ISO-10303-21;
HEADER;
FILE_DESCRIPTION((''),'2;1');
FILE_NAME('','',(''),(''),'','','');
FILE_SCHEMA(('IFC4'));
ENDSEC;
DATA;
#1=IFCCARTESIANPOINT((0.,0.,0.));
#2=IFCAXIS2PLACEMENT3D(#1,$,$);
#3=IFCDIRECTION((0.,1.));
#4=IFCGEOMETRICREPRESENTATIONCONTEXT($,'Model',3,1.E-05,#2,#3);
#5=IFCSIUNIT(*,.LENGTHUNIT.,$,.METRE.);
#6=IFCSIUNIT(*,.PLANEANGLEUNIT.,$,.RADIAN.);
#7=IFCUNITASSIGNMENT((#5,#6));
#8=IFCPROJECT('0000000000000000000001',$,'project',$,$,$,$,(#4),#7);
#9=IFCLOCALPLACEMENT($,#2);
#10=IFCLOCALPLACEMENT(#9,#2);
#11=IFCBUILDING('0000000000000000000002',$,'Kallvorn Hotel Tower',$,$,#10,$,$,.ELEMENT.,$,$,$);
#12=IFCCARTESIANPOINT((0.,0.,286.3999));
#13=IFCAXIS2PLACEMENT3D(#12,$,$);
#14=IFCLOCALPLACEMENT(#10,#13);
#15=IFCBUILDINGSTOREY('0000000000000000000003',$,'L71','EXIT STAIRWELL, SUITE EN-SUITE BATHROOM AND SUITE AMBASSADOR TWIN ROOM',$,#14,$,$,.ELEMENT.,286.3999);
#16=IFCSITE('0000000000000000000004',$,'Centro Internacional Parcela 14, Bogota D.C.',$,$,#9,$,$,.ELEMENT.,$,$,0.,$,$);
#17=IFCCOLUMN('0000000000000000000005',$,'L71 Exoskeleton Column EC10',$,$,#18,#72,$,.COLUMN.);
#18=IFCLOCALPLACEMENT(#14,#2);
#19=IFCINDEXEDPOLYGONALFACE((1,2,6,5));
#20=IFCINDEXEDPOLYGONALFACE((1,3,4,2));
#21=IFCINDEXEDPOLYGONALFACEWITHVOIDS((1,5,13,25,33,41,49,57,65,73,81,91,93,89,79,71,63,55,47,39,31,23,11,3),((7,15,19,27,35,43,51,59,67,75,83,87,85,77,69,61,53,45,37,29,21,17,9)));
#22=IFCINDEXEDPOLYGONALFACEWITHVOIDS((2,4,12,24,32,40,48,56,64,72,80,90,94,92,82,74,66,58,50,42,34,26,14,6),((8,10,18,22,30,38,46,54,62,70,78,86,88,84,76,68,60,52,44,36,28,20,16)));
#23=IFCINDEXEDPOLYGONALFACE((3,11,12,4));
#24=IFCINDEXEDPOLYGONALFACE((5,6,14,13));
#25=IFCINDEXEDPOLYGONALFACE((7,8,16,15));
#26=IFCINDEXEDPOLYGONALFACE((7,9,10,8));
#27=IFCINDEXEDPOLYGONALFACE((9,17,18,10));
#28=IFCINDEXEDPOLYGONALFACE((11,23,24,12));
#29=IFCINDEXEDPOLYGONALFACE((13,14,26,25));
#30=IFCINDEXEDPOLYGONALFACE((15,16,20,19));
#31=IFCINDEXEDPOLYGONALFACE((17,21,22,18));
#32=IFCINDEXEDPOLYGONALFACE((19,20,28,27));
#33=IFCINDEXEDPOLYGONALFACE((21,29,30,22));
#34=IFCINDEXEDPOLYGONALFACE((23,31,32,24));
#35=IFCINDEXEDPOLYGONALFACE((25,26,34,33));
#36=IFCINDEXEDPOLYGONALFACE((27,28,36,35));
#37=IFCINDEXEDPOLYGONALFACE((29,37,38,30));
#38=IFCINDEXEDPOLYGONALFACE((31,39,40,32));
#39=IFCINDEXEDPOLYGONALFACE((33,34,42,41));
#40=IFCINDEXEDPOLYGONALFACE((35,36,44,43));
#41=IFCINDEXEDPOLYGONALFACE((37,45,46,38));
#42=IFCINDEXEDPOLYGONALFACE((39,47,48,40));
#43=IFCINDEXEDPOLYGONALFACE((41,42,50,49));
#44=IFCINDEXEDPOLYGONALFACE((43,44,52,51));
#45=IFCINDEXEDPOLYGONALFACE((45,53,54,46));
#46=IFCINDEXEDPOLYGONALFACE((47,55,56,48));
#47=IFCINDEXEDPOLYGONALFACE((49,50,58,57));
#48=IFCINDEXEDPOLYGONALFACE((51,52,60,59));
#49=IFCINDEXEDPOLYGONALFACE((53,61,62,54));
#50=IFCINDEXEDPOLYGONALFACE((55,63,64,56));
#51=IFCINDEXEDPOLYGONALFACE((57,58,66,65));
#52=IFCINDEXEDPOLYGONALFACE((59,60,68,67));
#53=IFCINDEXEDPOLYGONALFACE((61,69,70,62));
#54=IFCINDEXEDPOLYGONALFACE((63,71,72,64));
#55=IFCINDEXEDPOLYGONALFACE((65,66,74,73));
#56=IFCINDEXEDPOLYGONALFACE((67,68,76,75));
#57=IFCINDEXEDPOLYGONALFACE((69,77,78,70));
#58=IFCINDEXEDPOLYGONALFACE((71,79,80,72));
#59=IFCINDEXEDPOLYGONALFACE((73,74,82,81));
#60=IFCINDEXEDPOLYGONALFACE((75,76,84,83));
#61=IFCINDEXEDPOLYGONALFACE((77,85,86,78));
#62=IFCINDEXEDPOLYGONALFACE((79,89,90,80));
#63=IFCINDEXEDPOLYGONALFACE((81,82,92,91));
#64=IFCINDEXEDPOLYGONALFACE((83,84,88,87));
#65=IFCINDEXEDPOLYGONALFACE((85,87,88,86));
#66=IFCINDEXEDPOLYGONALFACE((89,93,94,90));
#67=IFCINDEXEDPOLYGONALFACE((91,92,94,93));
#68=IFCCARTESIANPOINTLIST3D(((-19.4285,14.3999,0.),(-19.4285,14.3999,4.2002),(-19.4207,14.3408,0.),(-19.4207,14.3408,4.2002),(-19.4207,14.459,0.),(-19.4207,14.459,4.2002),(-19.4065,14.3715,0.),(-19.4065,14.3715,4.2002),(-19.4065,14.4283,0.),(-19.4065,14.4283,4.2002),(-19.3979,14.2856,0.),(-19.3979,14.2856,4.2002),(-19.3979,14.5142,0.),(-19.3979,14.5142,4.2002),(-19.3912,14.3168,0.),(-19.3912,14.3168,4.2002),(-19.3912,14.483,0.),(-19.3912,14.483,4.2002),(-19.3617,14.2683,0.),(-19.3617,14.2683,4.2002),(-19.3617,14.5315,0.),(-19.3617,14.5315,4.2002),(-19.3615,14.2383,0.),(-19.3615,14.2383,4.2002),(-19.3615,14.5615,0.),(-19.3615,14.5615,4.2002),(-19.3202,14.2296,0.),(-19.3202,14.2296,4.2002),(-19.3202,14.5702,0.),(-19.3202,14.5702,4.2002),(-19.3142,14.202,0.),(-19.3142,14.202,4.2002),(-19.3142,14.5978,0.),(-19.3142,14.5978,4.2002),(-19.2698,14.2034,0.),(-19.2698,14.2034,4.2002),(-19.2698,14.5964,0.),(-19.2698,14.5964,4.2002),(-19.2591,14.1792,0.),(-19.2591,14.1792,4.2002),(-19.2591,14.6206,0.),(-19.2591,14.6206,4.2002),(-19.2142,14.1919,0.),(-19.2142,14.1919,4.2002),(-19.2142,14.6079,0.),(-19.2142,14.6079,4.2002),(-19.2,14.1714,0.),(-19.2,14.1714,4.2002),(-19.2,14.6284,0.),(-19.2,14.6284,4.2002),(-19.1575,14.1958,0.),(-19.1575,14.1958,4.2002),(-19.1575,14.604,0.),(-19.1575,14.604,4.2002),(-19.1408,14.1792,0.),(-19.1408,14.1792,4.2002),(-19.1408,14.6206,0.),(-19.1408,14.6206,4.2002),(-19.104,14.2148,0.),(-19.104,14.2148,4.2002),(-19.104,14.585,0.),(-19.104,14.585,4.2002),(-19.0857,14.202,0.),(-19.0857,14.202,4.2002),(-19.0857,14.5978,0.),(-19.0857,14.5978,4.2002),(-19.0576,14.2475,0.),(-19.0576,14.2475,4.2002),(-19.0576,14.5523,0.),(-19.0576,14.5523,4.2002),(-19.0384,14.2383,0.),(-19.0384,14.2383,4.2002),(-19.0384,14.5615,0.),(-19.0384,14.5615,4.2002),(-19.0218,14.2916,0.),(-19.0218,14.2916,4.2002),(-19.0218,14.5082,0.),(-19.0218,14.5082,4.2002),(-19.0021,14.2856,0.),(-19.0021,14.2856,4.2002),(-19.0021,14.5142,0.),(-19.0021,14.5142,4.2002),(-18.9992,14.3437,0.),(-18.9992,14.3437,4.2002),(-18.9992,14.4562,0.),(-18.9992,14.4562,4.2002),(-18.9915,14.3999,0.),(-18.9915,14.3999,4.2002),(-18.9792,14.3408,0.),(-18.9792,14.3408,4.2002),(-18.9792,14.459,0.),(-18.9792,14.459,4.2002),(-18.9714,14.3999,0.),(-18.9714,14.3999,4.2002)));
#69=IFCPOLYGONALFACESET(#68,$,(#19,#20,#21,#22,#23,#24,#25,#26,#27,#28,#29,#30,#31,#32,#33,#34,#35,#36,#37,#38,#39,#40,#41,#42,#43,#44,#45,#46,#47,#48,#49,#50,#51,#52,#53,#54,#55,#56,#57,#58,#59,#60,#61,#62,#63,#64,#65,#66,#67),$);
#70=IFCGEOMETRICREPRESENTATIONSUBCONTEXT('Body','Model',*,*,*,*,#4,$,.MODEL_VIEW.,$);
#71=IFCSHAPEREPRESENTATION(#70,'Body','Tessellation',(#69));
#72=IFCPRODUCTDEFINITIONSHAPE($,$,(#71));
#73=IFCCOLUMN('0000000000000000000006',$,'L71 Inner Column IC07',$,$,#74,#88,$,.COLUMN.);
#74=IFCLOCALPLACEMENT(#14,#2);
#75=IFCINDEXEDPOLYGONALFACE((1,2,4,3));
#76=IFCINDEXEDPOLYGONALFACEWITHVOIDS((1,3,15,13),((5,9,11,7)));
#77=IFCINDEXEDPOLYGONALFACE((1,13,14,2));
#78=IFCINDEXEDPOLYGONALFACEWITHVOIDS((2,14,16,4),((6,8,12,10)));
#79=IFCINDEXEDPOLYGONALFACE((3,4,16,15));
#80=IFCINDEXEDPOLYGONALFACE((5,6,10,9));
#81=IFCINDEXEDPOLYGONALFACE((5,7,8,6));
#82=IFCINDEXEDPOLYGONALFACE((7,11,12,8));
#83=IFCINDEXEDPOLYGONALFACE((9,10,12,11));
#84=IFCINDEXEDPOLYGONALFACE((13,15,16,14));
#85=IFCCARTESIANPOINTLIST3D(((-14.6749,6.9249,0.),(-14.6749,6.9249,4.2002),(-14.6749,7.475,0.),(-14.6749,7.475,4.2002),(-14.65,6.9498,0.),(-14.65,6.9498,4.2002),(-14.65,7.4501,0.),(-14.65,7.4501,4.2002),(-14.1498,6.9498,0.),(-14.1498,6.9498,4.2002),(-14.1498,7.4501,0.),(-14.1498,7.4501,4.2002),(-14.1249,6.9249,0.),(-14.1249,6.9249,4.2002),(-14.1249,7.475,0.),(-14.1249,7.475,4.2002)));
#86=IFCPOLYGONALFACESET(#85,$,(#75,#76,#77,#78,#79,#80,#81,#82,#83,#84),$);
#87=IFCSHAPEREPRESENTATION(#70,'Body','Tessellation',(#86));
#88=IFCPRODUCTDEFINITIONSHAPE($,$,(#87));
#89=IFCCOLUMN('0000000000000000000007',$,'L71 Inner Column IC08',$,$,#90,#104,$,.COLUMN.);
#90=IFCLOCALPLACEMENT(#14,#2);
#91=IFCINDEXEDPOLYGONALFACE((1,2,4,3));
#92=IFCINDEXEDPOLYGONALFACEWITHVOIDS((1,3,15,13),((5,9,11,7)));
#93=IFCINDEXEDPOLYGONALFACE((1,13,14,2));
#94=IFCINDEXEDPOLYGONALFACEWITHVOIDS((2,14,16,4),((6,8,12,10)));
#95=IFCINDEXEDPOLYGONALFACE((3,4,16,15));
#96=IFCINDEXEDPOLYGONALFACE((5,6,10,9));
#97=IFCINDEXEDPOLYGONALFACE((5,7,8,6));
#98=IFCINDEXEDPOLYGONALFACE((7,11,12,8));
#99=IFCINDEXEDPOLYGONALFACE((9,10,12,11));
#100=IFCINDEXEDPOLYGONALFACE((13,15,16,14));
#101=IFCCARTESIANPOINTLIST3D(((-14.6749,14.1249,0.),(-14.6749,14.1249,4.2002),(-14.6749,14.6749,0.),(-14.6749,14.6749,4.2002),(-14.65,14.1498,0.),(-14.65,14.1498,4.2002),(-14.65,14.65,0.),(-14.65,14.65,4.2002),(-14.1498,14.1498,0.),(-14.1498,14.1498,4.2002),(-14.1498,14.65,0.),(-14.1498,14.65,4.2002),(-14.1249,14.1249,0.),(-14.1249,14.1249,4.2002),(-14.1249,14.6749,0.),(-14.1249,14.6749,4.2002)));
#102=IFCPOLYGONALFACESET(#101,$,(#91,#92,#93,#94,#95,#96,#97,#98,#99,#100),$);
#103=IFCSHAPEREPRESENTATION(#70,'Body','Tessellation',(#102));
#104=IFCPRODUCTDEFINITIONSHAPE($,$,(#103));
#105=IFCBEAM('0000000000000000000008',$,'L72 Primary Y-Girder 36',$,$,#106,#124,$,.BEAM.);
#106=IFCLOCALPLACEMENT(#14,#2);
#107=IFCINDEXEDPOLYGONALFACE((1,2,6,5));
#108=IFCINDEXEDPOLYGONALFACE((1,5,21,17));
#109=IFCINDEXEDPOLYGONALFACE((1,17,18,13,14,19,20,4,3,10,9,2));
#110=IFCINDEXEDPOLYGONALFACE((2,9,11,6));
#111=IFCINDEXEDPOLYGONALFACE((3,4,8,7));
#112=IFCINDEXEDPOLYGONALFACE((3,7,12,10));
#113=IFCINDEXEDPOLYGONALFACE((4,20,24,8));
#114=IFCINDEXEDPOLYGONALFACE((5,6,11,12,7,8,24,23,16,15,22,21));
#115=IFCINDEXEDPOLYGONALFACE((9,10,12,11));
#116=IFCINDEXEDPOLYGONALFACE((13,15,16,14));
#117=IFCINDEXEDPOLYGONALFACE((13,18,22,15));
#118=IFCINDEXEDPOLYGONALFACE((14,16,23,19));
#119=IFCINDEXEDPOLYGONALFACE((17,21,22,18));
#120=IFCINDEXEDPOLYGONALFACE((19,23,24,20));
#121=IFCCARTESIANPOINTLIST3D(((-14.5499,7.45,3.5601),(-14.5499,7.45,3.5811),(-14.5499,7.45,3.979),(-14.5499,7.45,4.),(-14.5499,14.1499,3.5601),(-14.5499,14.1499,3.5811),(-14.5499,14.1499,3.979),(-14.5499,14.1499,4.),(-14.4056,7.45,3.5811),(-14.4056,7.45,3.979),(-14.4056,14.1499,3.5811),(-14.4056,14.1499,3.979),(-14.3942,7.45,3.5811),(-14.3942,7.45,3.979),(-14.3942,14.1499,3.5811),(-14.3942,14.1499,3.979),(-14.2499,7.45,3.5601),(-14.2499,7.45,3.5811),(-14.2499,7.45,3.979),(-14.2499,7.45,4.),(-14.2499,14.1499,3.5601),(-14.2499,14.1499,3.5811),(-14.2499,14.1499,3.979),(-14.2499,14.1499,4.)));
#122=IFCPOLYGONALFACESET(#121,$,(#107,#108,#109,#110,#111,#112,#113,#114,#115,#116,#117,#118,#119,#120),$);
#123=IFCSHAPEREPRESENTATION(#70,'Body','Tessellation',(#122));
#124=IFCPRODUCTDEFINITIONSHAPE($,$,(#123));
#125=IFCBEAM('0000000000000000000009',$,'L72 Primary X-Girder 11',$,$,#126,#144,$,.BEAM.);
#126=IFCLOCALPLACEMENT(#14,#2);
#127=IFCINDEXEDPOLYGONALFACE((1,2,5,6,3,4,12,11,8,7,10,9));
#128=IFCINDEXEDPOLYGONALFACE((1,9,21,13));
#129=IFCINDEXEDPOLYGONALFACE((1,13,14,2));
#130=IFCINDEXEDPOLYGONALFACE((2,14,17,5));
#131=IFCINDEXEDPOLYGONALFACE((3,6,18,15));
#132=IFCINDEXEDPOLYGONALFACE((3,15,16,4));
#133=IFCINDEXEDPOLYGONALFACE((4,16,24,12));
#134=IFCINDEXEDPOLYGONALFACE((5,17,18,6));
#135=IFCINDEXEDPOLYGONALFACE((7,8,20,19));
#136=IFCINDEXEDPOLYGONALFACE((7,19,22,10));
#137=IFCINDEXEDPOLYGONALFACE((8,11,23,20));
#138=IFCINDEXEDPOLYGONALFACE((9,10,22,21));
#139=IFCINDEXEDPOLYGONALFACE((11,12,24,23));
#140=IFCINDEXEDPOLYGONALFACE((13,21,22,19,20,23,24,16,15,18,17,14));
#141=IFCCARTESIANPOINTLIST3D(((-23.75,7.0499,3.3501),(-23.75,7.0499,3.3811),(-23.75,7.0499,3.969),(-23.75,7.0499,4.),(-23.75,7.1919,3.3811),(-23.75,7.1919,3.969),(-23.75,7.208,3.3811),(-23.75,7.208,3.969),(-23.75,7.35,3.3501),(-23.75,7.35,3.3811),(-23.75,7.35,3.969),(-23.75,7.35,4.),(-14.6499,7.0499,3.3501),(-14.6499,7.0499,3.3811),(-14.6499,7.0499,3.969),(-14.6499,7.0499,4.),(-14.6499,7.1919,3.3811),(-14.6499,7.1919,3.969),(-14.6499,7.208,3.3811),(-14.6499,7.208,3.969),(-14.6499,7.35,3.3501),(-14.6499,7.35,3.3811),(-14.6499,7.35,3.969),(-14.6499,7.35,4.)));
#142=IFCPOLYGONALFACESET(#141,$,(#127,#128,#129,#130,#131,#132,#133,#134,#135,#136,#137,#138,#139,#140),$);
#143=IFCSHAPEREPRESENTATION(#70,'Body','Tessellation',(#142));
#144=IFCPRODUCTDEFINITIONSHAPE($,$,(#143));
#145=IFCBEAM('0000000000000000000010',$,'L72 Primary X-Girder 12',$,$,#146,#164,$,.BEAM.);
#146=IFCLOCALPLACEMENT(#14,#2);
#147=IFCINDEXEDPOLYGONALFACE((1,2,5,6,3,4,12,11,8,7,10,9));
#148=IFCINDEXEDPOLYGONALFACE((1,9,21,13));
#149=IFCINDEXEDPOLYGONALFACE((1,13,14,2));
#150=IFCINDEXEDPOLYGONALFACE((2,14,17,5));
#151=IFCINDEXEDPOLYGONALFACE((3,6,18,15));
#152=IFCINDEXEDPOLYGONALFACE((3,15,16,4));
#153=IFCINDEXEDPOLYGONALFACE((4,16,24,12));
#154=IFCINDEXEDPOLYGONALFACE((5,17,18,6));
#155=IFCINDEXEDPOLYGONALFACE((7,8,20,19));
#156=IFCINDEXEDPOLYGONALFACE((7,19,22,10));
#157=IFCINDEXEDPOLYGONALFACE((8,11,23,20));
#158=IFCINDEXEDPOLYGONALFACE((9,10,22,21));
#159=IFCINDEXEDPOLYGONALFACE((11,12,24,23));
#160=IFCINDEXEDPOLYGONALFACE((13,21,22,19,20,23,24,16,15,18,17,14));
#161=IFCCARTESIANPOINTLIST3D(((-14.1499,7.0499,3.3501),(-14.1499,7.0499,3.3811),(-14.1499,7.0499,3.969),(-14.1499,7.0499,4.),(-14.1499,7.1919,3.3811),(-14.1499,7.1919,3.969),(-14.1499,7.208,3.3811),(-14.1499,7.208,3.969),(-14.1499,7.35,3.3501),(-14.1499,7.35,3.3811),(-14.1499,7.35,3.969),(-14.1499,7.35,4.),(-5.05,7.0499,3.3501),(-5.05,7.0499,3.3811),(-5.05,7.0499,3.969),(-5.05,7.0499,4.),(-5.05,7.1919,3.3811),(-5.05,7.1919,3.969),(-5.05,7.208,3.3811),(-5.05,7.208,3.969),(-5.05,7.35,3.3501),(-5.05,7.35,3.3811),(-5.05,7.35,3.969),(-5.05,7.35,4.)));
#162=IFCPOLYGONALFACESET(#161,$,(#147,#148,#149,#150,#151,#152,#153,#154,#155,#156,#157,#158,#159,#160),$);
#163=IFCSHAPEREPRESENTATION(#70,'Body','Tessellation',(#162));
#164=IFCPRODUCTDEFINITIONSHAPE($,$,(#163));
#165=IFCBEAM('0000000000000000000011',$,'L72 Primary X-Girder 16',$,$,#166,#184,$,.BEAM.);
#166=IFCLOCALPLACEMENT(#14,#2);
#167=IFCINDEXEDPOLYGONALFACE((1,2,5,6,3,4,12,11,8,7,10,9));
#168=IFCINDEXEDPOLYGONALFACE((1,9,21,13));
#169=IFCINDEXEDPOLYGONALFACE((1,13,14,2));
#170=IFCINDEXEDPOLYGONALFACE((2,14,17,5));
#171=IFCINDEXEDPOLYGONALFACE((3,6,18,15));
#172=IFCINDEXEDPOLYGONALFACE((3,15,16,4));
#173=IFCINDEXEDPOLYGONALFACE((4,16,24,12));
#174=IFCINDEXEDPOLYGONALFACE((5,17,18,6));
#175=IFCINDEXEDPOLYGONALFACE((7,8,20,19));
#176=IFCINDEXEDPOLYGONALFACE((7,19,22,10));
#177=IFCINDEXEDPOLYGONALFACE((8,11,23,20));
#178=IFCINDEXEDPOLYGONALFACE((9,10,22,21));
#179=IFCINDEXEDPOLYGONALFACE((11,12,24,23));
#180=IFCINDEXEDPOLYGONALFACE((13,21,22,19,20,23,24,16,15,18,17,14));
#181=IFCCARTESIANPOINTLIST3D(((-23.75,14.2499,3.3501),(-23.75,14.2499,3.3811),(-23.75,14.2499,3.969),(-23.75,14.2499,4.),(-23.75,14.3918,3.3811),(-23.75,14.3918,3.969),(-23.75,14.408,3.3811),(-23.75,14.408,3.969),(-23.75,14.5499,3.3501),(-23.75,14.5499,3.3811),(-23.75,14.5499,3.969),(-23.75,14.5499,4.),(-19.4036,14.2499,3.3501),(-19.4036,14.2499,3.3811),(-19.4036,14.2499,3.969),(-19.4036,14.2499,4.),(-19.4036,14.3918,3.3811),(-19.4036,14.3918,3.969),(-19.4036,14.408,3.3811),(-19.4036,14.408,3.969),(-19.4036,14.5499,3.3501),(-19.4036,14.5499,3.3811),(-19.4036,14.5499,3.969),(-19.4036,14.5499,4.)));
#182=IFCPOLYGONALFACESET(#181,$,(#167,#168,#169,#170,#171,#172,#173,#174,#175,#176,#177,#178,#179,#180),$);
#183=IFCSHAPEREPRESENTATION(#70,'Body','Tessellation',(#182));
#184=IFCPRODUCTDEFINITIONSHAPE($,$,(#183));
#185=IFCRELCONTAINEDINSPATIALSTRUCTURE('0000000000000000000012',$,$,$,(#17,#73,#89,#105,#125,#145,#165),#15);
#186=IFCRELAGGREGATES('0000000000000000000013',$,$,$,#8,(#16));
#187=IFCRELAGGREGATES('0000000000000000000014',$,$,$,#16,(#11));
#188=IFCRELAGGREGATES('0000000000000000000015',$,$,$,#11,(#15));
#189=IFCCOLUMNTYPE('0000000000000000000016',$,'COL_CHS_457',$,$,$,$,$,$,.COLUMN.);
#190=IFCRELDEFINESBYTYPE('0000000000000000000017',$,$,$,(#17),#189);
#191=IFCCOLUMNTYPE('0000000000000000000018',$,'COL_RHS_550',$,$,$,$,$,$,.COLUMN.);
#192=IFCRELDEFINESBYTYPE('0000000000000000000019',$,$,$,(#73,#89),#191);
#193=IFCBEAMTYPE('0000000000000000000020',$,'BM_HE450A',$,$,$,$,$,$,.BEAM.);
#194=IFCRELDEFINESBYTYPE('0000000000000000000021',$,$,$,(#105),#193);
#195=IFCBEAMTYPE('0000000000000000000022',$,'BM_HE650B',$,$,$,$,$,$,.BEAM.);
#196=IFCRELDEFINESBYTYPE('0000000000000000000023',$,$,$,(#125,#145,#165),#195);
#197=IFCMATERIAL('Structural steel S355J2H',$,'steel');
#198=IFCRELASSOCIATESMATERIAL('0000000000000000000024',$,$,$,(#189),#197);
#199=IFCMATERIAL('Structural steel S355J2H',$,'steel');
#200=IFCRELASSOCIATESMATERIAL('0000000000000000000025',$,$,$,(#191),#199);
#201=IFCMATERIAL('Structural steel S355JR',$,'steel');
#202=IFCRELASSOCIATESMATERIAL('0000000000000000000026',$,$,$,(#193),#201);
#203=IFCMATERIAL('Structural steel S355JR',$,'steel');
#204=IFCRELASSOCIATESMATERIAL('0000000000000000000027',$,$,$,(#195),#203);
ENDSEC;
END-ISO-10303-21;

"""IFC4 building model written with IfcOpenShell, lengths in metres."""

from ifc_helpers import new_model, si_unit, direction, frame, origin, origin_2d, place, context, subcontext, project, spatial, hollow_rectangle, hollow_circle, i_section, extrude, material, material_profile, profile_set, type_object, element, save


model = new_model("IFC4")

# Units and contexts
model_context = context("Model", 3, precision=1e-05, world=origin(), true_north=direction((0.0, 1.0)))
body_context = subcontext(model_context, "Body", "Model", "MODEL_VIEW")
ifc_project = project(units=[si_unit("LENGTHUNIT", "METRE"), si_unit("PLANEANGLEUNIT", "RADIAN")], contexts=[model_context])

# Site, building, storey
site_placement = place(None, origin())
site = spatial("IfcSite", under=ifc_project, at=site_placement, Name="Centro Internacional Parcela 14, Bogota D.C.", CompositionType="ELEMENT", RefElevation=0.0)
building_placement = place(site_placement, origin())
building = spatial("IfcBuilding", under=site, at=building_placement, Name="Kallvorn Hotel Tower", CompositionType="ELEMENT")
storey_placement = place(building_placement, frame((0.0, 0.0, 286.3999)))
storey = spatial("IfcBuildingStorey", under=building, at=storey_placement, Name="L71", Description="EXIT STAIRWELL, SUITE EN-SUITE BATHROOM AND SUITE AMBASSADOR TWIN ROOM", CompositionType="ELEMENT", Elevation=286.3999)

# Columns
ifc_material_1 = material(Name="Structural steel S355J2H", Category="steel")
ifc_material_profile_1 = material_profile(ifc_material_1, hollow_circle(Radius=0.2285, WallThickness=0.02, at=origin_2d()), Name="CHS 457x20")
ifc_profile_set_1 = profile_set([ifc_material_profile_1], Name="Structural steel S355J2H")
column_type_1 = type_object("IfcColumnType", Name="COL_CHS_457", PredefinedType="COLUMN", material=ifc_profile_set_1)
column_placement = place(storey_placement, frame((-19.2, 14.3999, 0.0), z_axis=(0.0, 0.0, 1.0), x_axis=(1.0, 0.0, 0.0)))
element("IfcColumn", 1, at=column_placement, inside=storey, type_object=column_type_1, Name="L71 Exoskeleton Column EC10", PredefinedType="COLUMN", context=body_context, shape_type="SweptSolid", body=[
    extrude(hollow_circle(Radius=0.2285, WallThickness=0.02, at=origin_2d()), origin(), (0.0, 0.0, 1.0), 4.2002),
])
ifc_material_2 = material(Name="Structural steel S355J2H", Category="steel")
ifc_material_profile_2 = material_profile(ifc_material_2, hollow_rectangle(XDim=0.55, YDim=0.55, WallThickness=0.0249, at=origin_2d()), Name="RHS 550x550x25")
ifc_profile_set_2 = profile_set([ifc_material_profile_2], Name="Structural steel S355J2H")
column_type_2 = type_object("IfcColumnType", Name="COL_RHS_550", PredefinedType="COLUMN", material=ifc_profile_set_2)
for number, where, z_axis, x_axis, name in (
    (2, (-14.3999, 7.2, 0.0), (0.0, 0.0, 1.0), (1.0, 0.0, 0.0), "L71 Inner Column IC07"),
    (3, (-14.3999, 14.3999, 0.0), (0.0, 0.0, 1.0), (1.0, 0.0, 0.0), "L71 Inner Column IC08"),
):
    element("IfcColumn", number, at=place(storey_placement, frame(where, z_axis=z_axis, x_axis=x_axis)), inside=storey, type_object=column_type_2, Name=name, PredefinedType="COLUMN", context=body_context, shape_type="SweptSolid", body=[
        extrude(hollow_rectangle(XDim=0.55, YDim=0.55, WallThickness=0.0249, at=origin_2d()), origin(), (0.0, 0.0, 1.0), 4.2002),
    ])

# Beams
ifc_material_3 = material(Name="Structural steel S355JR", Category="steel")
ifc_material_profile_3 = material_profile(ifc_material_3, i_section(OverallWidth=0.3, OverallDepth=0.4399, WebThickness=0.0115, FlangeThickness=0.021, at=origin_2d()), Name="HE 450 A")
ifc_profile_set_3 = profile_set([ifc_material_profile_3], Name="Structural steel S355JR")
beam_type_1 = type_object("IfcBeamType", Name="BM_HE450A", PredefinedType="BEAM", material=ifc_profile_set_3)
beam_1_placement = place(storey_placement, frame((-14.3999, 7.45, 3.78), z_axis=(0.0, 1.0, 0.0), x_axis=(-1.0, 0.0, 0.0)))
element("IfcBeam", 4, at=beam_1_placement, inside=storey, type_object=beam_type_1, Name="L72 Primary Y-Girder 36", PredefinedType="BEAM", context=body_context, shape_type="SweptSolid", body=[
    extrude(i_section(OverallWidth=0.3, OverallDepth=0.4399, WebThickness=0.0115, FlangeThickness=0.021, at=origin_2d()), origin(), (0.0, 0.0, 1.0), 6.7),
])
ifc_material_4 = material(Name="Structural steel S355JR", Category="steel")
ifc_material_profile_4 = material_profile(ifc_material_4, i_section(OverallWidth=0.3, OverallDepth=0.6499, WebThickness=0.0161, FlangeThickness=0.031, at=origin_2d()), Name="HE 650 B")
ifc_profile_set_4 = profile_set([ifc_material_profile_4], Name="Structural steel S355JR")
beam_type_2 = type_object("IfcBeamType", Name="BM_HE650B", PredefinedType="BEAM", material=ifc_profile_set_4)
beam_2_placement = place(storey_placement, frame((-23.75, 7.2, 3.675), z_axis=(1.0, 0.0, 0.0), x_axis=(0.0, 1.0, 0.0)))
element("IfcBeam", 5, at=beam_2_placement, inside=storey, type_object=beam_type_2, Name="L72 Primary X-Girder 11", PredefinedType="BEAM", context=body_context, shape_type="SweptSolid", body=[
    extrude(i_section(OverallWidth=0.3, OverallDepth=0.6499, WebThickness=0.0161, FlangeThickness=0.031, at=origin_2d()), origin(), (0.0, 0.0, 1.0), 9.1001),
])
beam_3_placement = place(storey_placement, frame((-14.1499, 7.2, 3.675), z_axis=(1.0, 0.0, 0.0), x_axis=(0.0, 1.0, 0.0)))
element("IfcBeam", 6, at=beam_3_placement, inside=storey, type_object=beam_type_2, Name="L72 Primary X-Girder 12", PredefinedType="BEAM", context=body_context, shape_type="SweptSolid", body=[
    extrude(i_section(OverallWidth=0.3, OverallDepth=0.6499, WebThickness=0.0161, FlangeThickness=0.031, at=origin_2d()), origin(), (0.0, 0.0, 1.0), 9.0999),
])
beam_4_placement = place(storey_placement, frame((-23.75, 14.3999, 3.675), z_axis=(1.0, 0.0, 0.0), x_axis=(0.0, 1.0, 0.0)))
element("IfcBeam", 7, at=beam_4_placement, inside=storey, type_object=beam_type_2, Name="L72 Primary X-Girder 16", PredefinedType="BEAM", context=body_context, shape_type="SweptSolid", body=[
    extrude(i_section(OverallWidth=0.3, OverallDepth=0.6499, WebThickness=0.0161, FlangeThickness=0.031, at=origin_2d()), origin(), (0.0, 0.0, 1.0), 4.3464),
])

save(model, "model.ifc")
